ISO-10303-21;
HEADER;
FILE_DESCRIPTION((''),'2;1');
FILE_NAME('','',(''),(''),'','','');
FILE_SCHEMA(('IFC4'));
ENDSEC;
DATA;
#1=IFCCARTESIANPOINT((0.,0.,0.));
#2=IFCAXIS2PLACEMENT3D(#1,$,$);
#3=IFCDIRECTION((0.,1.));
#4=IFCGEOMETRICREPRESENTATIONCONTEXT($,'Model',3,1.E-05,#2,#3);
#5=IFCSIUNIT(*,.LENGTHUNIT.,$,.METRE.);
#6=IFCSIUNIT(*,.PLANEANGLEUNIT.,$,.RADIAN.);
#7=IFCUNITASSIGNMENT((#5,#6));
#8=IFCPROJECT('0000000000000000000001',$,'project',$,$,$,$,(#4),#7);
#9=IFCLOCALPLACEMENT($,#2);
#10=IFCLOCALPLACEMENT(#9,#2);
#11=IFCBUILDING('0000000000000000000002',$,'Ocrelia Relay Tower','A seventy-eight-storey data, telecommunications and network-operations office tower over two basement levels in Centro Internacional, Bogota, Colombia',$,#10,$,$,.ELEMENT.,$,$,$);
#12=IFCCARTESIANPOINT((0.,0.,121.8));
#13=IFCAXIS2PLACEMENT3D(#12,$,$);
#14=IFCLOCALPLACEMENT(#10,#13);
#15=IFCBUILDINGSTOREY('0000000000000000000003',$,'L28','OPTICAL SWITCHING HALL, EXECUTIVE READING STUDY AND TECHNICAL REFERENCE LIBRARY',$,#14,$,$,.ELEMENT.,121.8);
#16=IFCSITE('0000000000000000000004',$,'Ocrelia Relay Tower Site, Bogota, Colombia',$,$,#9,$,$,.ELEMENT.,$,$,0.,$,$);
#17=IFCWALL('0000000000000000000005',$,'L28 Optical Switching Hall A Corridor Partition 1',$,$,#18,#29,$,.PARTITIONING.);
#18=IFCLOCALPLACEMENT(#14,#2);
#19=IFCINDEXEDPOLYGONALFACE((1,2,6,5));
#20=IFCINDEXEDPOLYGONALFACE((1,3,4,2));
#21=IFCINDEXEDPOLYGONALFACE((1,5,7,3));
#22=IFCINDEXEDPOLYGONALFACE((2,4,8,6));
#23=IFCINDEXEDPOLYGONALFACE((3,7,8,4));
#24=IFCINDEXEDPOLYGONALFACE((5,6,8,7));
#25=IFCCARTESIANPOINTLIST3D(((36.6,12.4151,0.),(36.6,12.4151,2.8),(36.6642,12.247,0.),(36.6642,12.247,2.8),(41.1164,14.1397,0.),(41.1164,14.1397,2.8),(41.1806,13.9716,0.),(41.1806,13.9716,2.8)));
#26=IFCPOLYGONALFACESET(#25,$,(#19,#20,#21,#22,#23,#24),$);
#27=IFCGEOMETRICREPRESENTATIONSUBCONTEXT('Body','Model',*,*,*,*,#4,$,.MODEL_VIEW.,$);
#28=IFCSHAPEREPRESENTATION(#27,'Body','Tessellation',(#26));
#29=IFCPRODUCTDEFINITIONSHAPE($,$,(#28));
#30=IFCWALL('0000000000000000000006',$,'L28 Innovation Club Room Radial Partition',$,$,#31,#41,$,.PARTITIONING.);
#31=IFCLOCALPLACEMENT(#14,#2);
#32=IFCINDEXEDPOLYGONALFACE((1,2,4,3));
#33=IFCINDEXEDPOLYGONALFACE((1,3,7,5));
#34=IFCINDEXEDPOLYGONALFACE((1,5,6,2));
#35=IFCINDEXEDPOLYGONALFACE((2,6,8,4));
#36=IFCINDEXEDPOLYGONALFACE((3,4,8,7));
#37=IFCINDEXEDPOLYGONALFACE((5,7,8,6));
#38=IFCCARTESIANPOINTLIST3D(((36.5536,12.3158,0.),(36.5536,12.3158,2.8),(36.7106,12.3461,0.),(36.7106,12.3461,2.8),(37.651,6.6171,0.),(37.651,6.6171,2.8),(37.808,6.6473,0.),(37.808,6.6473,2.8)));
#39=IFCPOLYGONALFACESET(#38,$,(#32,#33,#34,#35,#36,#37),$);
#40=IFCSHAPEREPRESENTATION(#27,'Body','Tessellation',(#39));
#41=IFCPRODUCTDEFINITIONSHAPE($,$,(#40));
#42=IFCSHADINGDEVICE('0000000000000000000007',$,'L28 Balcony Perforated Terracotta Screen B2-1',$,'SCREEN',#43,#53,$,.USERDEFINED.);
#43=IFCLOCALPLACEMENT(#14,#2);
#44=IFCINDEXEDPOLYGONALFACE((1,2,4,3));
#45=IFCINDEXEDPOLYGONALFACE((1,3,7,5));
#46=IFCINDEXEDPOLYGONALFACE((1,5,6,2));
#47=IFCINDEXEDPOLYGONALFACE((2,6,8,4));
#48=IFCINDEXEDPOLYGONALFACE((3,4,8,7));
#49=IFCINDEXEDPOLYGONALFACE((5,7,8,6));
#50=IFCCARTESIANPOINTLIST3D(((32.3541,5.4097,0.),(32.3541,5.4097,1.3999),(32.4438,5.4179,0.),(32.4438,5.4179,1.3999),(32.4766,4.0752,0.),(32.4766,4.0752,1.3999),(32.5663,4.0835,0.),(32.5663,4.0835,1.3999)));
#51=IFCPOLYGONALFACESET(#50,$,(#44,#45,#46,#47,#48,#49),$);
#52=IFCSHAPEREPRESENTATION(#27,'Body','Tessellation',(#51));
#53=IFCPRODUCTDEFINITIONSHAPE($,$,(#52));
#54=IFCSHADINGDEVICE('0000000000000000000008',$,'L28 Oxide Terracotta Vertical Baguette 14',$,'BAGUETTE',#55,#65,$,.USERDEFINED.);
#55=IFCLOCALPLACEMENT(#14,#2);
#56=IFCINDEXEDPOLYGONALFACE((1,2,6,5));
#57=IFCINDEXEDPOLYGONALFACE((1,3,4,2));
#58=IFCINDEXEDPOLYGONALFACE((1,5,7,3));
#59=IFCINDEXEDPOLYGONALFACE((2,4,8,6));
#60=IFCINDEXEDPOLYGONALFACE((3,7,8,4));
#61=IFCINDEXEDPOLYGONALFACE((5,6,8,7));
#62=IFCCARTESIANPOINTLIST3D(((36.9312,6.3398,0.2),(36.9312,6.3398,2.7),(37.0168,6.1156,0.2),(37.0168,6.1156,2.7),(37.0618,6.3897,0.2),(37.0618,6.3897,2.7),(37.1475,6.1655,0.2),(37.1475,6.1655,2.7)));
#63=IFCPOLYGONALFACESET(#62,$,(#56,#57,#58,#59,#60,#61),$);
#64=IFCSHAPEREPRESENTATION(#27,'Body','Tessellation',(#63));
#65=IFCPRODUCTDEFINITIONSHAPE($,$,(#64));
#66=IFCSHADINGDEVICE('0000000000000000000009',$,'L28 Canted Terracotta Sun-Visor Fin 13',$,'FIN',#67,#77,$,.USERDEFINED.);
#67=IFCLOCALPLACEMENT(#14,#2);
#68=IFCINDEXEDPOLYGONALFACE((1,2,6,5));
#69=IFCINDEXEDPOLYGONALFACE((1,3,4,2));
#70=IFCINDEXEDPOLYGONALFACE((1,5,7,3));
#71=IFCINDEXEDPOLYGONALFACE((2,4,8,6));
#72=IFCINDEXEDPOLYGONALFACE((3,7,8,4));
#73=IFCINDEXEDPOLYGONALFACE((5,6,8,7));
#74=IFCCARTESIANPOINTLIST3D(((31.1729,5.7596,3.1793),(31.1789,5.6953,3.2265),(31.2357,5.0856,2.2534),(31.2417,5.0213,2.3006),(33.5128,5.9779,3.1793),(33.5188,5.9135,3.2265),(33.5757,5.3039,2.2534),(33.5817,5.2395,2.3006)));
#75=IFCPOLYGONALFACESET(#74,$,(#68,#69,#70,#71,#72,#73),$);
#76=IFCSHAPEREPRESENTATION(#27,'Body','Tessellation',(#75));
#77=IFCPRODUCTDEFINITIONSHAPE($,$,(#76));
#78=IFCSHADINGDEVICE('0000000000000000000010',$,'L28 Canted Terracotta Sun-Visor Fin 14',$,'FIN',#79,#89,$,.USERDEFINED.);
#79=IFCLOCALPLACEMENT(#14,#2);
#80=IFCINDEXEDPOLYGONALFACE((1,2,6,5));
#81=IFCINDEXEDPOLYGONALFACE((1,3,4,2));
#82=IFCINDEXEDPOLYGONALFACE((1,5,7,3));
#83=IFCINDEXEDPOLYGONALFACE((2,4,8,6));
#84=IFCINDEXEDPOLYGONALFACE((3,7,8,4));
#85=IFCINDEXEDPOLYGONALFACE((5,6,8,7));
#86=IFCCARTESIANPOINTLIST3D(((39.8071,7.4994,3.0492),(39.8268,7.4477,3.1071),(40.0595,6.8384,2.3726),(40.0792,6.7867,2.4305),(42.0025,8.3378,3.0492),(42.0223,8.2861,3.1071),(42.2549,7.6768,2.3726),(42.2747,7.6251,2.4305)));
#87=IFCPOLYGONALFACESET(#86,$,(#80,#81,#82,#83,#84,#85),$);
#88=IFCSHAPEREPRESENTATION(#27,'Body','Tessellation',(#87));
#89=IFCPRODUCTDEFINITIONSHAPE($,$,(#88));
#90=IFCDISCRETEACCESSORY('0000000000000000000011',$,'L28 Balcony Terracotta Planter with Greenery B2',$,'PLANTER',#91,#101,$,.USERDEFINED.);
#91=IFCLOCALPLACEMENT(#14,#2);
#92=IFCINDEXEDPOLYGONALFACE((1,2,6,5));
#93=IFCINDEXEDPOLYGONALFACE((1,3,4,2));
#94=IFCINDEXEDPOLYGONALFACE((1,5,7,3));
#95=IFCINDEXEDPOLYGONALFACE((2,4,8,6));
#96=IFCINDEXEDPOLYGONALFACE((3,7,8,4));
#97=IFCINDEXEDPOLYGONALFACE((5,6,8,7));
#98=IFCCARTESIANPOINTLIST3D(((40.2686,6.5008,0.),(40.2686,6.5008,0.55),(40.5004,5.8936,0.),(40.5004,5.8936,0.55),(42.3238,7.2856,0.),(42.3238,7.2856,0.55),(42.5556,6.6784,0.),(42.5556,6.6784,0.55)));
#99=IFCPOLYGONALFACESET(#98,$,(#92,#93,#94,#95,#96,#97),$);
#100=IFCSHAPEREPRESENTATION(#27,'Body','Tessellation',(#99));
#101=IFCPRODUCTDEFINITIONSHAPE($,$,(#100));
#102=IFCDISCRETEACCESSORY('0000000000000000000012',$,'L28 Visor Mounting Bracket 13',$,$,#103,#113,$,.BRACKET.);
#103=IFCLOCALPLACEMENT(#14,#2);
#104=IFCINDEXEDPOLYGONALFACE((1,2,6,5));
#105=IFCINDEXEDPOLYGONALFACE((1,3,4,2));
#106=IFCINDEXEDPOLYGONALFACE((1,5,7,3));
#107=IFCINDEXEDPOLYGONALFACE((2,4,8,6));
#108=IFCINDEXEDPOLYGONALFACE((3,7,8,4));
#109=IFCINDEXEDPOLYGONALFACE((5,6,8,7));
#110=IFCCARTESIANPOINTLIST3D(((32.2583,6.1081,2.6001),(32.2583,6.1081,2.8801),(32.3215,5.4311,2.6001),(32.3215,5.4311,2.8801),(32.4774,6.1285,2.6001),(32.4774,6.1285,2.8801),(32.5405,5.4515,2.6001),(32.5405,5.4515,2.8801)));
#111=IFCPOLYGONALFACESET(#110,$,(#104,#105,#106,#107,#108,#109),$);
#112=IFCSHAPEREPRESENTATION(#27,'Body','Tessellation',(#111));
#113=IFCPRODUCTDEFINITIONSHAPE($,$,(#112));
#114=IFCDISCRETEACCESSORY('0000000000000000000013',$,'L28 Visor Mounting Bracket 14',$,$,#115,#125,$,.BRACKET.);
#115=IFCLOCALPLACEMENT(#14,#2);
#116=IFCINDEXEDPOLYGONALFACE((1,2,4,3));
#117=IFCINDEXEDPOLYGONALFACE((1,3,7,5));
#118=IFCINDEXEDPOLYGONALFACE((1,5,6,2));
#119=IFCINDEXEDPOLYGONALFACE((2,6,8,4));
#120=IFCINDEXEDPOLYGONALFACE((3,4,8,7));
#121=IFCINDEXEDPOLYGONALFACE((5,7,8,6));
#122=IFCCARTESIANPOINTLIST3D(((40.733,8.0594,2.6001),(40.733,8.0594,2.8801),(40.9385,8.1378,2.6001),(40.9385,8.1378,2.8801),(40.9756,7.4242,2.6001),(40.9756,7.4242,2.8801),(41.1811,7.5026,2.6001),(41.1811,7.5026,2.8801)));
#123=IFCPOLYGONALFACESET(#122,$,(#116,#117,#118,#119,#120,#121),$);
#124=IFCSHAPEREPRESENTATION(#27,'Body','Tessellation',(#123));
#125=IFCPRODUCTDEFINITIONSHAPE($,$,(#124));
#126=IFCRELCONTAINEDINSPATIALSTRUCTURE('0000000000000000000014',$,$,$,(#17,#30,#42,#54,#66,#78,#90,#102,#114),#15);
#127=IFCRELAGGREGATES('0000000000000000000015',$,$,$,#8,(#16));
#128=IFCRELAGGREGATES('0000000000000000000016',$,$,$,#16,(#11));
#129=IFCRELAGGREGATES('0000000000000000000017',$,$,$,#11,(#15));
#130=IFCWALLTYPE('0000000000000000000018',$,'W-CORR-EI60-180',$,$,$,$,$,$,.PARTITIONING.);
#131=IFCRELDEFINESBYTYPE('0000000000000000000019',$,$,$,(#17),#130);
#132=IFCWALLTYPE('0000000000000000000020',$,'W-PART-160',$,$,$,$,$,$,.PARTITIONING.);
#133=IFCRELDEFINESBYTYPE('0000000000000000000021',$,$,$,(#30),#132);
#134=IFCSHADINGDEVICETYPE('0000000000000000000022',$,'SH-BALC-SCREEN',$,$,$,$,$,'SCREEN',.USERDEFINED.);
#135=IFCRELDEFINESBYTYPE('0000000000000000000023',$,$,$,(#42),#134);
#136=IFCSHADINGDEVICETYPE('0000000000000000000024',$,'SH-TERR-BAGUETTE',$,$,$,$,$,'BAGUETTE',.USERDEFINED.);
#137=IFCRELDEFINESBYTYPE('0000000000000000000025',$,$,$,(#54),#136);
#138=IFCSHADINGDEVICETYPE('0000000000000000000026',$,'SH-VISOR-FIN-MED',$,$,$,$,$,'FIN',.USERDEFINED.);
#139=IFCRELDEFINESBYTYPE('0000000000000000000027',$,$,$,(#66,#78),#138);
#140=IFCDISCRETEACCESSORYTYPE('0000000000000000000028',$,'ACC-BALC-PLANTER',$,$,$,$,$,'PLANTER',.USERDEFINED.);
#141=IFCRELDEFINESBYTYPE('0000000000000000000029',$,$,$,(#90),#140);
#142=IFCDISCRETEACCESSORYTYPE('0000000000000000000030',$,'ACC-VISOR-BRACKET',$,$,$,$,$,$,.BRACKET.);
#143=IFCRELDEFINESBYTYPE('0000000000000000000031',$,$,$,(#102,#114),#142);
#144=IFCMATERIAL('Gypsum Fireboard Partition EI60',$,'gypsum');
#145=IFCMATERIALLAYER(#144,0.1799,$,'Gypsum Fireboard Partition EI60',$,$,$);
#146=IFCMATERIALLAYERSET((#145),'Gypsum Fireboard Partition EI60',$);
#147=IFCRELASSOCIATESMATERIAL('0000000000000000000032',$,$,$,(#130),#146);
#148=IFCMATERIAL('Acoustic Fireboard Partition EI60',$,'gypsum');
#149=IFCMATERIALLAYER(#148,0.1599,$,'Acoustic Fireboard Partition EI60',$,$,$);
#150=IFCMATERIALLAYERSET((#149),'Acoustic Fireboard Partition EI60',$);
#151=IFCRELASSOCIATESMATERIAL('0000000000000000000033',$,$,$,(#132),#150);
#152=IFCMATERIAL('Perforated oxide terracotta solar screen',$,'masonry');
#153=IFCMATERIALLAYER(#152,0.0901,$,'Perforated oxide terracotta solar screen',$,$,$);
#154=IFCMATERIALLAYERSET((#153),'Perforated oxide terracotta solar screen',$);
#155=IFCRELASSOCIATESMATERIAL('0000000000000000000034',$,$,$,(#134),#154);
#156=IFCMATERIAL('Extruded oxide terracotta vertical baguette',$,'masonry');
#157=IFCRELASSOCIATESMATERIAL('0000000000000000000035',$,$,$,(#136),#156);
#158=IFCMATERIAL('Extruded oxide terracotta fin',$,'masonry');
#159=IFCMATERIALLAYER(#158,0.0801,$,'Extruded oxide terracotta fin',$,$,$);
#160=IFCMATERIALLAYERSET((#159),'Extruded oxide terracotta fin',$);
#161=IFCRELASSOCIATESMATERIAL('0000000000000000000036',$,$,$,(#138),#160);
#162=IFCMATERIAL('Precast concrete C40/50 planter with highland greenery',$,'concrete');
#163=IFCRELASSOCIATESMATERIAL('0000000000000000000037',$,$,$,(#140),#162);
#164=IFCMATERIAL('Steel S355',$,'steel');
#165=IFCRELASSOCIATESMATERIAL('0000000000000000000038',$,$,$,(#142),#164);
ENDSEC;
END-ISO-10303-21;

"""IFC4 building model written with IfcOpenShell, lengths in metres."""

from ifc_helpers import new_model, si_unit, direction, frame, frame_2d, origin, origin_2d, place, context, subcontext, project, spatial, rectangle, extrude, material, layer, layer_set, type_object, element, save


model = new_model("IFC4")

# Units and contexts
model_context = context("Model", 3, precision=1e-05, world=origin(), true_north=direction((0.0, 1.0)))
body_context = subcontext(model_context, "Body", "Model", "MODEL_VIEW")
ifc_project = project(units=[si_unit("LENGTHUNIT", "METRE"), si_unit("PLANEANGLEUNIT", "RADIAN")], contexts=[model_context])

# Site, building, storey
site_placement = place(None, origin())
site = spatial("IfcSite", under=ifc_project, at=site_placement, Name="Ocrelia Relay Tower Site, Bogota, Colombia", CompositionType="ELEMENT", RefElevation=0.0)
building_placement = place(site_placement, origin())
building = spatial("IfcBuilding", under=site, at=building_placement, Name="Ocrelia Relay Tower", Description="A seventy-eight-storey data, telecommunications and network-operations office tower over two basement levels in Centro Internacional, Bogota, Colombia", CompositionType="ELEMENT")
storey_placement = place(building_placement, frame((0.0, 0.0, 121.8)))
storey = spatial("IfcBuildingStorey", under=building, at=storey_placement, Name="L28", Description="OPTICAL SWITCHING HALL, EXECUTIVE READING STUDY AND TECHNICAL REFERENCE LIBRARY", CompositionType="ELEMENT", Elevation=121.8)

# Shared definitions
ifc_material_1 = material(Name="Steel S355", Category="steel")

# Shared definitions
ifc_material_2 = material(Name="Gypsum Fireboard Partition EI60", Category="gypsum")
ifc_layer_1 = layer(ifc_material_2, 0.1799, Name="Gypsum Fireboard Partition EI60")
ifc_layer_set_1 = layer_set([ifc_layer_1], Name="Gypsum Fireboard Partition EI60")
wall_type_1 = type_object("IfcWallType", Name="W-CORR-EI60-180", PredefinedType="PARTITIONING", material=ifc_layer_set_1)

# Wall
wall_1_placement = place(storey_placement, frame((36.6321, 12.3311, 0.0), z_axis=(0.0, 0.0, 1.0), x_axis=(0.934206, 0.356734, 0.0)))
element("IfcWall", 1, at=wall_1_placement, inside=storey, type_object=wall_type_1, Name="L28 Optical Switching Hall A Corridor Partition 1", PredefinedType="PARTITIONING", context=body_context, shape_type="SweptSolid", body=[
    extrude(rectangle(XDim=4.8345, YDim=0.1799, at=frame_2d((2.4172, 0.0))), origin(), (0.0, 0.0, 1.0), 2.8),
])

# Wall
ifc_material_3 = material(Name="Acoustic Fireboard Partition EI60", Category="gypsum")
ifc_layer_2 = layer(ifc_material_3, 0.1599, Name="Acoustic Fireboard Partition EI60")
ifc_layer_set_2 = layer_set([ifc_layer_2], Name="Acoustic Fireboard Partition EI60")
wall_type_2 = type_object("IfcWallType", Name="W-PART-160", PredefinedType="PARTITIONING", material=ifc_layer_set_2)
wall_2_placement = place(storey_placement, frame((36.6321, 12.3311, 0.0), z_axis=(0.0, 0.0, 1.0), x_axis=(0.189097, -0.981958, 0.0)))
element("IfcWall", 2, at=wall_2_placement, inside=storey, type_object=wall_type_2, Name="L28 Innovation Club Room Radial Partition", PredefinedType="PARTITIONING", context=body_context, shape_type="SweptSolid", body=[
    extrude(rectangle(XDim=5.8035, YDim=0.1599, at=frame_2d((2.9019, 0.0))), origin(), (0.0, 0.0, 1.0), 2.8),
])

# Shading devices
ifc_material_4 = material(Name="Perforated oxide terracotta solar screen", Category="masonry")
ifc_layer_3 = layer(ifc_material_4, 0.0901, Name="Perforated oxide terracotta solar screen")
ifc_layer_set_3 = layer_set([ifc_layer_3], Name="Perforated oxide terracotta solar screen")
shading_device_type_1 = type_object("IfcShadingDeviceType", Name="SH-BALC-SCREEN", ElementType="SCREEN", PredefinedType="USERDEFINED", material=ifc_layer_set_3)
shading_device_1_placement = place(storey_placement, frame((32.4602, 4.7466, 0.0), z_axis=(0.0, 0.0, 1.0), x_axis=(0.091422, -0.995812, 0.0)))
element("IfcShadingDevice", 3, at=shading_device_1_placement, inside=storey, type_object=shading_device_type_1, Name="L28 Balcony Perforated Terracotta Screen B2-1", ObjectType="SCREEN", PredefinedType="USERDEFINED", context=body_context, shape_type="SweptSolid", body=[
    extrude(rectangle(XDim=1.3401, YDim=0.0901, at=origin_2d()), origin(), (0.0, 0.0, 1.0), 1.3999),
])
ifc_material_5 = material(Name="Extruded oxide terracotta vertical baguette", Category="masonry")
shading_device_type_2 = type_object("IfcShadingDeviceType", Name="SH-TERR-BAGUETTE", ElementType="BAGUETTE", PredefinedType="USERDEFINED", material=ifc_material_5)
shading_device_2_placement = place(storey_placement, frame((37.0393, 6.2527, 0.2), z_axis=(0.0, 0.0, 1.0), x_axis=(0.934204, 0.35674, 0.0)))
element("IfcShadingDevice", 4, at=shading_device_2_placement, inside=storey, type_object=shading_device_type_2, Name="L28 Oxide Terracotta Vertical Baguette 14", ObjectType="BAGUETTE", PredefinedType="USERDEFINED", context=body_context, shape_type="SweptSolid", body=[
    extrude(rectangle(XDim=0.1399, YDim=0.24, at=origin_2d()), origin(), (0.0, 0.0, 1.0), 2.5),
])
ifc_material_6 = material(Name="Extruded oxide terracotta fin", Category="masonry")
ifc_layer_4 = layer(ifc_material_6, 0.0801, Name="Extruded oxide terracotta fin")
ifc_layer_set_4 = layer_set([ifc_layer_4], Name="Extruded oxide terracotta fin")
shading_device_type_3 = type_object("IfcShadingDeviceType", Name="SH-VISOR-FIN-MED", ElementType="FIN", PredefinedType="USERDEFINED", material=ifc_layer_set_4)
shading_device_3_placement = place(storey_placement, frame((32.3743, 5.5317, 2.7163), z_axis=(0.074966, -0.803781, 0.590183), x_axis=(0.995679, 0.092864, 0.0)))
element("IfcShadingDevice", 5, at=shading_device_3_placement, inside=storey, type_object=shading_device_type_3, Name="L28 Canted Terracotta Sun-Visor Fin 13", ObjectType="FIN", PredefinedType="USERDEFINED", context=body_context, shape_type="SweptSolid", body=[
    extrude(rectangle(XDim=2.3501, YDim=1.147, at=origin_2d()), origin(), (0.0, 0.0, 1.0), 0.0801),
])
shading_device_4_placement = place(storey_placement, frame((41.031, 7.5881, 2.7109), z_axis=(0.246556, -0.645661, 0.722726), x_axis=(0.934204, 0.35674, 0.0)))
element("IfcShadingDevice", 6, at=shading_device_4_placement, inside=storey, type_object=shading_device_type_3, Name="L28 Canted Terracotta Sun-Visor Fin 14", ObjectType="FIN", PredefinedType="USERDEFINED", context=body_context, shape_type="SweptSolid", body=[
    extrude(rectangle(XDim=2.3501, YDim=0.979, at=origin_2d()), origin(), (0.0, 0.0, 1.0), 0.0801),
])

# Discrete accessories
ifc_material_7 = material(Name="Precast concrete C40/50 planter with highland greenery", Category="concrete")
discrete_accessory_type_1 = type_object("IfcDiscreteAccessoryType", Name="ACC-BALC-PLANTER", ElementType="PLANTER", PredefinedType="USERDEFINED", material=ifc_material_7)
discrete_accessory_placement = place(storey_placement, frame((41.4121, 6.5896, 0.0), z_axis=(0.0, 0.0, 1.0), x_axis=(-0.934206, -0.356733, 0.0)))
element("IfcDiscreteAccessory", 7, at=discrete_accessory_placement, inside=storey, type_object=discrete_accessory_type_1, Name="L28 Balcony Terracotta Planter with Greenery B2", ObjectType="PLANTER", PredefinedType="USERDEFINED", context=body_context, shape_type="SweptSolid", body=[
    extrude(rectangle(XDim=2.2, YDim=0.6499, at=origin_2d()), origin(), (0.0, 0.0, 1.0), 0.55),
])
discrete_accessory_type_2 = type_object("IfcDiscreteAccessoryType", Name="ACC-VISOR-BRACKET", PredefinedType="BRACKET", material=ifc_material_1)
for number, where, z_axis, x_axis, name in (
    (8, (32.3994, 5.7798, 2.6001), (0.0, 0.0, 1.0), (0.995679, 0.092864, 0.0), "L28 Visor Mounting Bracket 13"),
    (9, (40.957, 7.781, 2.6001), (0.0, 0.0, 1.0), (0.934204, 0.35674, 0.0), "L28 Visor Mounting Bracket 14"),
):
    element("IfcDiscreteAccessory", number, at=place(storey_placement, frame(where, z_axis=z_axis, x_axis=x_axis)), inside=storey, type_object=discrete_accessory_type_2, Name=name, PredefinedType="BRACKET", context=body_context, shape_type="SweptSolid", body=[
        extrude(rectangle(XDim=0.22, YDim=0.6799, at=origin_2d()), origin(), (0.0, 0.0, 1.0), 0.28),
    ])

save(model, "model.ifc")
